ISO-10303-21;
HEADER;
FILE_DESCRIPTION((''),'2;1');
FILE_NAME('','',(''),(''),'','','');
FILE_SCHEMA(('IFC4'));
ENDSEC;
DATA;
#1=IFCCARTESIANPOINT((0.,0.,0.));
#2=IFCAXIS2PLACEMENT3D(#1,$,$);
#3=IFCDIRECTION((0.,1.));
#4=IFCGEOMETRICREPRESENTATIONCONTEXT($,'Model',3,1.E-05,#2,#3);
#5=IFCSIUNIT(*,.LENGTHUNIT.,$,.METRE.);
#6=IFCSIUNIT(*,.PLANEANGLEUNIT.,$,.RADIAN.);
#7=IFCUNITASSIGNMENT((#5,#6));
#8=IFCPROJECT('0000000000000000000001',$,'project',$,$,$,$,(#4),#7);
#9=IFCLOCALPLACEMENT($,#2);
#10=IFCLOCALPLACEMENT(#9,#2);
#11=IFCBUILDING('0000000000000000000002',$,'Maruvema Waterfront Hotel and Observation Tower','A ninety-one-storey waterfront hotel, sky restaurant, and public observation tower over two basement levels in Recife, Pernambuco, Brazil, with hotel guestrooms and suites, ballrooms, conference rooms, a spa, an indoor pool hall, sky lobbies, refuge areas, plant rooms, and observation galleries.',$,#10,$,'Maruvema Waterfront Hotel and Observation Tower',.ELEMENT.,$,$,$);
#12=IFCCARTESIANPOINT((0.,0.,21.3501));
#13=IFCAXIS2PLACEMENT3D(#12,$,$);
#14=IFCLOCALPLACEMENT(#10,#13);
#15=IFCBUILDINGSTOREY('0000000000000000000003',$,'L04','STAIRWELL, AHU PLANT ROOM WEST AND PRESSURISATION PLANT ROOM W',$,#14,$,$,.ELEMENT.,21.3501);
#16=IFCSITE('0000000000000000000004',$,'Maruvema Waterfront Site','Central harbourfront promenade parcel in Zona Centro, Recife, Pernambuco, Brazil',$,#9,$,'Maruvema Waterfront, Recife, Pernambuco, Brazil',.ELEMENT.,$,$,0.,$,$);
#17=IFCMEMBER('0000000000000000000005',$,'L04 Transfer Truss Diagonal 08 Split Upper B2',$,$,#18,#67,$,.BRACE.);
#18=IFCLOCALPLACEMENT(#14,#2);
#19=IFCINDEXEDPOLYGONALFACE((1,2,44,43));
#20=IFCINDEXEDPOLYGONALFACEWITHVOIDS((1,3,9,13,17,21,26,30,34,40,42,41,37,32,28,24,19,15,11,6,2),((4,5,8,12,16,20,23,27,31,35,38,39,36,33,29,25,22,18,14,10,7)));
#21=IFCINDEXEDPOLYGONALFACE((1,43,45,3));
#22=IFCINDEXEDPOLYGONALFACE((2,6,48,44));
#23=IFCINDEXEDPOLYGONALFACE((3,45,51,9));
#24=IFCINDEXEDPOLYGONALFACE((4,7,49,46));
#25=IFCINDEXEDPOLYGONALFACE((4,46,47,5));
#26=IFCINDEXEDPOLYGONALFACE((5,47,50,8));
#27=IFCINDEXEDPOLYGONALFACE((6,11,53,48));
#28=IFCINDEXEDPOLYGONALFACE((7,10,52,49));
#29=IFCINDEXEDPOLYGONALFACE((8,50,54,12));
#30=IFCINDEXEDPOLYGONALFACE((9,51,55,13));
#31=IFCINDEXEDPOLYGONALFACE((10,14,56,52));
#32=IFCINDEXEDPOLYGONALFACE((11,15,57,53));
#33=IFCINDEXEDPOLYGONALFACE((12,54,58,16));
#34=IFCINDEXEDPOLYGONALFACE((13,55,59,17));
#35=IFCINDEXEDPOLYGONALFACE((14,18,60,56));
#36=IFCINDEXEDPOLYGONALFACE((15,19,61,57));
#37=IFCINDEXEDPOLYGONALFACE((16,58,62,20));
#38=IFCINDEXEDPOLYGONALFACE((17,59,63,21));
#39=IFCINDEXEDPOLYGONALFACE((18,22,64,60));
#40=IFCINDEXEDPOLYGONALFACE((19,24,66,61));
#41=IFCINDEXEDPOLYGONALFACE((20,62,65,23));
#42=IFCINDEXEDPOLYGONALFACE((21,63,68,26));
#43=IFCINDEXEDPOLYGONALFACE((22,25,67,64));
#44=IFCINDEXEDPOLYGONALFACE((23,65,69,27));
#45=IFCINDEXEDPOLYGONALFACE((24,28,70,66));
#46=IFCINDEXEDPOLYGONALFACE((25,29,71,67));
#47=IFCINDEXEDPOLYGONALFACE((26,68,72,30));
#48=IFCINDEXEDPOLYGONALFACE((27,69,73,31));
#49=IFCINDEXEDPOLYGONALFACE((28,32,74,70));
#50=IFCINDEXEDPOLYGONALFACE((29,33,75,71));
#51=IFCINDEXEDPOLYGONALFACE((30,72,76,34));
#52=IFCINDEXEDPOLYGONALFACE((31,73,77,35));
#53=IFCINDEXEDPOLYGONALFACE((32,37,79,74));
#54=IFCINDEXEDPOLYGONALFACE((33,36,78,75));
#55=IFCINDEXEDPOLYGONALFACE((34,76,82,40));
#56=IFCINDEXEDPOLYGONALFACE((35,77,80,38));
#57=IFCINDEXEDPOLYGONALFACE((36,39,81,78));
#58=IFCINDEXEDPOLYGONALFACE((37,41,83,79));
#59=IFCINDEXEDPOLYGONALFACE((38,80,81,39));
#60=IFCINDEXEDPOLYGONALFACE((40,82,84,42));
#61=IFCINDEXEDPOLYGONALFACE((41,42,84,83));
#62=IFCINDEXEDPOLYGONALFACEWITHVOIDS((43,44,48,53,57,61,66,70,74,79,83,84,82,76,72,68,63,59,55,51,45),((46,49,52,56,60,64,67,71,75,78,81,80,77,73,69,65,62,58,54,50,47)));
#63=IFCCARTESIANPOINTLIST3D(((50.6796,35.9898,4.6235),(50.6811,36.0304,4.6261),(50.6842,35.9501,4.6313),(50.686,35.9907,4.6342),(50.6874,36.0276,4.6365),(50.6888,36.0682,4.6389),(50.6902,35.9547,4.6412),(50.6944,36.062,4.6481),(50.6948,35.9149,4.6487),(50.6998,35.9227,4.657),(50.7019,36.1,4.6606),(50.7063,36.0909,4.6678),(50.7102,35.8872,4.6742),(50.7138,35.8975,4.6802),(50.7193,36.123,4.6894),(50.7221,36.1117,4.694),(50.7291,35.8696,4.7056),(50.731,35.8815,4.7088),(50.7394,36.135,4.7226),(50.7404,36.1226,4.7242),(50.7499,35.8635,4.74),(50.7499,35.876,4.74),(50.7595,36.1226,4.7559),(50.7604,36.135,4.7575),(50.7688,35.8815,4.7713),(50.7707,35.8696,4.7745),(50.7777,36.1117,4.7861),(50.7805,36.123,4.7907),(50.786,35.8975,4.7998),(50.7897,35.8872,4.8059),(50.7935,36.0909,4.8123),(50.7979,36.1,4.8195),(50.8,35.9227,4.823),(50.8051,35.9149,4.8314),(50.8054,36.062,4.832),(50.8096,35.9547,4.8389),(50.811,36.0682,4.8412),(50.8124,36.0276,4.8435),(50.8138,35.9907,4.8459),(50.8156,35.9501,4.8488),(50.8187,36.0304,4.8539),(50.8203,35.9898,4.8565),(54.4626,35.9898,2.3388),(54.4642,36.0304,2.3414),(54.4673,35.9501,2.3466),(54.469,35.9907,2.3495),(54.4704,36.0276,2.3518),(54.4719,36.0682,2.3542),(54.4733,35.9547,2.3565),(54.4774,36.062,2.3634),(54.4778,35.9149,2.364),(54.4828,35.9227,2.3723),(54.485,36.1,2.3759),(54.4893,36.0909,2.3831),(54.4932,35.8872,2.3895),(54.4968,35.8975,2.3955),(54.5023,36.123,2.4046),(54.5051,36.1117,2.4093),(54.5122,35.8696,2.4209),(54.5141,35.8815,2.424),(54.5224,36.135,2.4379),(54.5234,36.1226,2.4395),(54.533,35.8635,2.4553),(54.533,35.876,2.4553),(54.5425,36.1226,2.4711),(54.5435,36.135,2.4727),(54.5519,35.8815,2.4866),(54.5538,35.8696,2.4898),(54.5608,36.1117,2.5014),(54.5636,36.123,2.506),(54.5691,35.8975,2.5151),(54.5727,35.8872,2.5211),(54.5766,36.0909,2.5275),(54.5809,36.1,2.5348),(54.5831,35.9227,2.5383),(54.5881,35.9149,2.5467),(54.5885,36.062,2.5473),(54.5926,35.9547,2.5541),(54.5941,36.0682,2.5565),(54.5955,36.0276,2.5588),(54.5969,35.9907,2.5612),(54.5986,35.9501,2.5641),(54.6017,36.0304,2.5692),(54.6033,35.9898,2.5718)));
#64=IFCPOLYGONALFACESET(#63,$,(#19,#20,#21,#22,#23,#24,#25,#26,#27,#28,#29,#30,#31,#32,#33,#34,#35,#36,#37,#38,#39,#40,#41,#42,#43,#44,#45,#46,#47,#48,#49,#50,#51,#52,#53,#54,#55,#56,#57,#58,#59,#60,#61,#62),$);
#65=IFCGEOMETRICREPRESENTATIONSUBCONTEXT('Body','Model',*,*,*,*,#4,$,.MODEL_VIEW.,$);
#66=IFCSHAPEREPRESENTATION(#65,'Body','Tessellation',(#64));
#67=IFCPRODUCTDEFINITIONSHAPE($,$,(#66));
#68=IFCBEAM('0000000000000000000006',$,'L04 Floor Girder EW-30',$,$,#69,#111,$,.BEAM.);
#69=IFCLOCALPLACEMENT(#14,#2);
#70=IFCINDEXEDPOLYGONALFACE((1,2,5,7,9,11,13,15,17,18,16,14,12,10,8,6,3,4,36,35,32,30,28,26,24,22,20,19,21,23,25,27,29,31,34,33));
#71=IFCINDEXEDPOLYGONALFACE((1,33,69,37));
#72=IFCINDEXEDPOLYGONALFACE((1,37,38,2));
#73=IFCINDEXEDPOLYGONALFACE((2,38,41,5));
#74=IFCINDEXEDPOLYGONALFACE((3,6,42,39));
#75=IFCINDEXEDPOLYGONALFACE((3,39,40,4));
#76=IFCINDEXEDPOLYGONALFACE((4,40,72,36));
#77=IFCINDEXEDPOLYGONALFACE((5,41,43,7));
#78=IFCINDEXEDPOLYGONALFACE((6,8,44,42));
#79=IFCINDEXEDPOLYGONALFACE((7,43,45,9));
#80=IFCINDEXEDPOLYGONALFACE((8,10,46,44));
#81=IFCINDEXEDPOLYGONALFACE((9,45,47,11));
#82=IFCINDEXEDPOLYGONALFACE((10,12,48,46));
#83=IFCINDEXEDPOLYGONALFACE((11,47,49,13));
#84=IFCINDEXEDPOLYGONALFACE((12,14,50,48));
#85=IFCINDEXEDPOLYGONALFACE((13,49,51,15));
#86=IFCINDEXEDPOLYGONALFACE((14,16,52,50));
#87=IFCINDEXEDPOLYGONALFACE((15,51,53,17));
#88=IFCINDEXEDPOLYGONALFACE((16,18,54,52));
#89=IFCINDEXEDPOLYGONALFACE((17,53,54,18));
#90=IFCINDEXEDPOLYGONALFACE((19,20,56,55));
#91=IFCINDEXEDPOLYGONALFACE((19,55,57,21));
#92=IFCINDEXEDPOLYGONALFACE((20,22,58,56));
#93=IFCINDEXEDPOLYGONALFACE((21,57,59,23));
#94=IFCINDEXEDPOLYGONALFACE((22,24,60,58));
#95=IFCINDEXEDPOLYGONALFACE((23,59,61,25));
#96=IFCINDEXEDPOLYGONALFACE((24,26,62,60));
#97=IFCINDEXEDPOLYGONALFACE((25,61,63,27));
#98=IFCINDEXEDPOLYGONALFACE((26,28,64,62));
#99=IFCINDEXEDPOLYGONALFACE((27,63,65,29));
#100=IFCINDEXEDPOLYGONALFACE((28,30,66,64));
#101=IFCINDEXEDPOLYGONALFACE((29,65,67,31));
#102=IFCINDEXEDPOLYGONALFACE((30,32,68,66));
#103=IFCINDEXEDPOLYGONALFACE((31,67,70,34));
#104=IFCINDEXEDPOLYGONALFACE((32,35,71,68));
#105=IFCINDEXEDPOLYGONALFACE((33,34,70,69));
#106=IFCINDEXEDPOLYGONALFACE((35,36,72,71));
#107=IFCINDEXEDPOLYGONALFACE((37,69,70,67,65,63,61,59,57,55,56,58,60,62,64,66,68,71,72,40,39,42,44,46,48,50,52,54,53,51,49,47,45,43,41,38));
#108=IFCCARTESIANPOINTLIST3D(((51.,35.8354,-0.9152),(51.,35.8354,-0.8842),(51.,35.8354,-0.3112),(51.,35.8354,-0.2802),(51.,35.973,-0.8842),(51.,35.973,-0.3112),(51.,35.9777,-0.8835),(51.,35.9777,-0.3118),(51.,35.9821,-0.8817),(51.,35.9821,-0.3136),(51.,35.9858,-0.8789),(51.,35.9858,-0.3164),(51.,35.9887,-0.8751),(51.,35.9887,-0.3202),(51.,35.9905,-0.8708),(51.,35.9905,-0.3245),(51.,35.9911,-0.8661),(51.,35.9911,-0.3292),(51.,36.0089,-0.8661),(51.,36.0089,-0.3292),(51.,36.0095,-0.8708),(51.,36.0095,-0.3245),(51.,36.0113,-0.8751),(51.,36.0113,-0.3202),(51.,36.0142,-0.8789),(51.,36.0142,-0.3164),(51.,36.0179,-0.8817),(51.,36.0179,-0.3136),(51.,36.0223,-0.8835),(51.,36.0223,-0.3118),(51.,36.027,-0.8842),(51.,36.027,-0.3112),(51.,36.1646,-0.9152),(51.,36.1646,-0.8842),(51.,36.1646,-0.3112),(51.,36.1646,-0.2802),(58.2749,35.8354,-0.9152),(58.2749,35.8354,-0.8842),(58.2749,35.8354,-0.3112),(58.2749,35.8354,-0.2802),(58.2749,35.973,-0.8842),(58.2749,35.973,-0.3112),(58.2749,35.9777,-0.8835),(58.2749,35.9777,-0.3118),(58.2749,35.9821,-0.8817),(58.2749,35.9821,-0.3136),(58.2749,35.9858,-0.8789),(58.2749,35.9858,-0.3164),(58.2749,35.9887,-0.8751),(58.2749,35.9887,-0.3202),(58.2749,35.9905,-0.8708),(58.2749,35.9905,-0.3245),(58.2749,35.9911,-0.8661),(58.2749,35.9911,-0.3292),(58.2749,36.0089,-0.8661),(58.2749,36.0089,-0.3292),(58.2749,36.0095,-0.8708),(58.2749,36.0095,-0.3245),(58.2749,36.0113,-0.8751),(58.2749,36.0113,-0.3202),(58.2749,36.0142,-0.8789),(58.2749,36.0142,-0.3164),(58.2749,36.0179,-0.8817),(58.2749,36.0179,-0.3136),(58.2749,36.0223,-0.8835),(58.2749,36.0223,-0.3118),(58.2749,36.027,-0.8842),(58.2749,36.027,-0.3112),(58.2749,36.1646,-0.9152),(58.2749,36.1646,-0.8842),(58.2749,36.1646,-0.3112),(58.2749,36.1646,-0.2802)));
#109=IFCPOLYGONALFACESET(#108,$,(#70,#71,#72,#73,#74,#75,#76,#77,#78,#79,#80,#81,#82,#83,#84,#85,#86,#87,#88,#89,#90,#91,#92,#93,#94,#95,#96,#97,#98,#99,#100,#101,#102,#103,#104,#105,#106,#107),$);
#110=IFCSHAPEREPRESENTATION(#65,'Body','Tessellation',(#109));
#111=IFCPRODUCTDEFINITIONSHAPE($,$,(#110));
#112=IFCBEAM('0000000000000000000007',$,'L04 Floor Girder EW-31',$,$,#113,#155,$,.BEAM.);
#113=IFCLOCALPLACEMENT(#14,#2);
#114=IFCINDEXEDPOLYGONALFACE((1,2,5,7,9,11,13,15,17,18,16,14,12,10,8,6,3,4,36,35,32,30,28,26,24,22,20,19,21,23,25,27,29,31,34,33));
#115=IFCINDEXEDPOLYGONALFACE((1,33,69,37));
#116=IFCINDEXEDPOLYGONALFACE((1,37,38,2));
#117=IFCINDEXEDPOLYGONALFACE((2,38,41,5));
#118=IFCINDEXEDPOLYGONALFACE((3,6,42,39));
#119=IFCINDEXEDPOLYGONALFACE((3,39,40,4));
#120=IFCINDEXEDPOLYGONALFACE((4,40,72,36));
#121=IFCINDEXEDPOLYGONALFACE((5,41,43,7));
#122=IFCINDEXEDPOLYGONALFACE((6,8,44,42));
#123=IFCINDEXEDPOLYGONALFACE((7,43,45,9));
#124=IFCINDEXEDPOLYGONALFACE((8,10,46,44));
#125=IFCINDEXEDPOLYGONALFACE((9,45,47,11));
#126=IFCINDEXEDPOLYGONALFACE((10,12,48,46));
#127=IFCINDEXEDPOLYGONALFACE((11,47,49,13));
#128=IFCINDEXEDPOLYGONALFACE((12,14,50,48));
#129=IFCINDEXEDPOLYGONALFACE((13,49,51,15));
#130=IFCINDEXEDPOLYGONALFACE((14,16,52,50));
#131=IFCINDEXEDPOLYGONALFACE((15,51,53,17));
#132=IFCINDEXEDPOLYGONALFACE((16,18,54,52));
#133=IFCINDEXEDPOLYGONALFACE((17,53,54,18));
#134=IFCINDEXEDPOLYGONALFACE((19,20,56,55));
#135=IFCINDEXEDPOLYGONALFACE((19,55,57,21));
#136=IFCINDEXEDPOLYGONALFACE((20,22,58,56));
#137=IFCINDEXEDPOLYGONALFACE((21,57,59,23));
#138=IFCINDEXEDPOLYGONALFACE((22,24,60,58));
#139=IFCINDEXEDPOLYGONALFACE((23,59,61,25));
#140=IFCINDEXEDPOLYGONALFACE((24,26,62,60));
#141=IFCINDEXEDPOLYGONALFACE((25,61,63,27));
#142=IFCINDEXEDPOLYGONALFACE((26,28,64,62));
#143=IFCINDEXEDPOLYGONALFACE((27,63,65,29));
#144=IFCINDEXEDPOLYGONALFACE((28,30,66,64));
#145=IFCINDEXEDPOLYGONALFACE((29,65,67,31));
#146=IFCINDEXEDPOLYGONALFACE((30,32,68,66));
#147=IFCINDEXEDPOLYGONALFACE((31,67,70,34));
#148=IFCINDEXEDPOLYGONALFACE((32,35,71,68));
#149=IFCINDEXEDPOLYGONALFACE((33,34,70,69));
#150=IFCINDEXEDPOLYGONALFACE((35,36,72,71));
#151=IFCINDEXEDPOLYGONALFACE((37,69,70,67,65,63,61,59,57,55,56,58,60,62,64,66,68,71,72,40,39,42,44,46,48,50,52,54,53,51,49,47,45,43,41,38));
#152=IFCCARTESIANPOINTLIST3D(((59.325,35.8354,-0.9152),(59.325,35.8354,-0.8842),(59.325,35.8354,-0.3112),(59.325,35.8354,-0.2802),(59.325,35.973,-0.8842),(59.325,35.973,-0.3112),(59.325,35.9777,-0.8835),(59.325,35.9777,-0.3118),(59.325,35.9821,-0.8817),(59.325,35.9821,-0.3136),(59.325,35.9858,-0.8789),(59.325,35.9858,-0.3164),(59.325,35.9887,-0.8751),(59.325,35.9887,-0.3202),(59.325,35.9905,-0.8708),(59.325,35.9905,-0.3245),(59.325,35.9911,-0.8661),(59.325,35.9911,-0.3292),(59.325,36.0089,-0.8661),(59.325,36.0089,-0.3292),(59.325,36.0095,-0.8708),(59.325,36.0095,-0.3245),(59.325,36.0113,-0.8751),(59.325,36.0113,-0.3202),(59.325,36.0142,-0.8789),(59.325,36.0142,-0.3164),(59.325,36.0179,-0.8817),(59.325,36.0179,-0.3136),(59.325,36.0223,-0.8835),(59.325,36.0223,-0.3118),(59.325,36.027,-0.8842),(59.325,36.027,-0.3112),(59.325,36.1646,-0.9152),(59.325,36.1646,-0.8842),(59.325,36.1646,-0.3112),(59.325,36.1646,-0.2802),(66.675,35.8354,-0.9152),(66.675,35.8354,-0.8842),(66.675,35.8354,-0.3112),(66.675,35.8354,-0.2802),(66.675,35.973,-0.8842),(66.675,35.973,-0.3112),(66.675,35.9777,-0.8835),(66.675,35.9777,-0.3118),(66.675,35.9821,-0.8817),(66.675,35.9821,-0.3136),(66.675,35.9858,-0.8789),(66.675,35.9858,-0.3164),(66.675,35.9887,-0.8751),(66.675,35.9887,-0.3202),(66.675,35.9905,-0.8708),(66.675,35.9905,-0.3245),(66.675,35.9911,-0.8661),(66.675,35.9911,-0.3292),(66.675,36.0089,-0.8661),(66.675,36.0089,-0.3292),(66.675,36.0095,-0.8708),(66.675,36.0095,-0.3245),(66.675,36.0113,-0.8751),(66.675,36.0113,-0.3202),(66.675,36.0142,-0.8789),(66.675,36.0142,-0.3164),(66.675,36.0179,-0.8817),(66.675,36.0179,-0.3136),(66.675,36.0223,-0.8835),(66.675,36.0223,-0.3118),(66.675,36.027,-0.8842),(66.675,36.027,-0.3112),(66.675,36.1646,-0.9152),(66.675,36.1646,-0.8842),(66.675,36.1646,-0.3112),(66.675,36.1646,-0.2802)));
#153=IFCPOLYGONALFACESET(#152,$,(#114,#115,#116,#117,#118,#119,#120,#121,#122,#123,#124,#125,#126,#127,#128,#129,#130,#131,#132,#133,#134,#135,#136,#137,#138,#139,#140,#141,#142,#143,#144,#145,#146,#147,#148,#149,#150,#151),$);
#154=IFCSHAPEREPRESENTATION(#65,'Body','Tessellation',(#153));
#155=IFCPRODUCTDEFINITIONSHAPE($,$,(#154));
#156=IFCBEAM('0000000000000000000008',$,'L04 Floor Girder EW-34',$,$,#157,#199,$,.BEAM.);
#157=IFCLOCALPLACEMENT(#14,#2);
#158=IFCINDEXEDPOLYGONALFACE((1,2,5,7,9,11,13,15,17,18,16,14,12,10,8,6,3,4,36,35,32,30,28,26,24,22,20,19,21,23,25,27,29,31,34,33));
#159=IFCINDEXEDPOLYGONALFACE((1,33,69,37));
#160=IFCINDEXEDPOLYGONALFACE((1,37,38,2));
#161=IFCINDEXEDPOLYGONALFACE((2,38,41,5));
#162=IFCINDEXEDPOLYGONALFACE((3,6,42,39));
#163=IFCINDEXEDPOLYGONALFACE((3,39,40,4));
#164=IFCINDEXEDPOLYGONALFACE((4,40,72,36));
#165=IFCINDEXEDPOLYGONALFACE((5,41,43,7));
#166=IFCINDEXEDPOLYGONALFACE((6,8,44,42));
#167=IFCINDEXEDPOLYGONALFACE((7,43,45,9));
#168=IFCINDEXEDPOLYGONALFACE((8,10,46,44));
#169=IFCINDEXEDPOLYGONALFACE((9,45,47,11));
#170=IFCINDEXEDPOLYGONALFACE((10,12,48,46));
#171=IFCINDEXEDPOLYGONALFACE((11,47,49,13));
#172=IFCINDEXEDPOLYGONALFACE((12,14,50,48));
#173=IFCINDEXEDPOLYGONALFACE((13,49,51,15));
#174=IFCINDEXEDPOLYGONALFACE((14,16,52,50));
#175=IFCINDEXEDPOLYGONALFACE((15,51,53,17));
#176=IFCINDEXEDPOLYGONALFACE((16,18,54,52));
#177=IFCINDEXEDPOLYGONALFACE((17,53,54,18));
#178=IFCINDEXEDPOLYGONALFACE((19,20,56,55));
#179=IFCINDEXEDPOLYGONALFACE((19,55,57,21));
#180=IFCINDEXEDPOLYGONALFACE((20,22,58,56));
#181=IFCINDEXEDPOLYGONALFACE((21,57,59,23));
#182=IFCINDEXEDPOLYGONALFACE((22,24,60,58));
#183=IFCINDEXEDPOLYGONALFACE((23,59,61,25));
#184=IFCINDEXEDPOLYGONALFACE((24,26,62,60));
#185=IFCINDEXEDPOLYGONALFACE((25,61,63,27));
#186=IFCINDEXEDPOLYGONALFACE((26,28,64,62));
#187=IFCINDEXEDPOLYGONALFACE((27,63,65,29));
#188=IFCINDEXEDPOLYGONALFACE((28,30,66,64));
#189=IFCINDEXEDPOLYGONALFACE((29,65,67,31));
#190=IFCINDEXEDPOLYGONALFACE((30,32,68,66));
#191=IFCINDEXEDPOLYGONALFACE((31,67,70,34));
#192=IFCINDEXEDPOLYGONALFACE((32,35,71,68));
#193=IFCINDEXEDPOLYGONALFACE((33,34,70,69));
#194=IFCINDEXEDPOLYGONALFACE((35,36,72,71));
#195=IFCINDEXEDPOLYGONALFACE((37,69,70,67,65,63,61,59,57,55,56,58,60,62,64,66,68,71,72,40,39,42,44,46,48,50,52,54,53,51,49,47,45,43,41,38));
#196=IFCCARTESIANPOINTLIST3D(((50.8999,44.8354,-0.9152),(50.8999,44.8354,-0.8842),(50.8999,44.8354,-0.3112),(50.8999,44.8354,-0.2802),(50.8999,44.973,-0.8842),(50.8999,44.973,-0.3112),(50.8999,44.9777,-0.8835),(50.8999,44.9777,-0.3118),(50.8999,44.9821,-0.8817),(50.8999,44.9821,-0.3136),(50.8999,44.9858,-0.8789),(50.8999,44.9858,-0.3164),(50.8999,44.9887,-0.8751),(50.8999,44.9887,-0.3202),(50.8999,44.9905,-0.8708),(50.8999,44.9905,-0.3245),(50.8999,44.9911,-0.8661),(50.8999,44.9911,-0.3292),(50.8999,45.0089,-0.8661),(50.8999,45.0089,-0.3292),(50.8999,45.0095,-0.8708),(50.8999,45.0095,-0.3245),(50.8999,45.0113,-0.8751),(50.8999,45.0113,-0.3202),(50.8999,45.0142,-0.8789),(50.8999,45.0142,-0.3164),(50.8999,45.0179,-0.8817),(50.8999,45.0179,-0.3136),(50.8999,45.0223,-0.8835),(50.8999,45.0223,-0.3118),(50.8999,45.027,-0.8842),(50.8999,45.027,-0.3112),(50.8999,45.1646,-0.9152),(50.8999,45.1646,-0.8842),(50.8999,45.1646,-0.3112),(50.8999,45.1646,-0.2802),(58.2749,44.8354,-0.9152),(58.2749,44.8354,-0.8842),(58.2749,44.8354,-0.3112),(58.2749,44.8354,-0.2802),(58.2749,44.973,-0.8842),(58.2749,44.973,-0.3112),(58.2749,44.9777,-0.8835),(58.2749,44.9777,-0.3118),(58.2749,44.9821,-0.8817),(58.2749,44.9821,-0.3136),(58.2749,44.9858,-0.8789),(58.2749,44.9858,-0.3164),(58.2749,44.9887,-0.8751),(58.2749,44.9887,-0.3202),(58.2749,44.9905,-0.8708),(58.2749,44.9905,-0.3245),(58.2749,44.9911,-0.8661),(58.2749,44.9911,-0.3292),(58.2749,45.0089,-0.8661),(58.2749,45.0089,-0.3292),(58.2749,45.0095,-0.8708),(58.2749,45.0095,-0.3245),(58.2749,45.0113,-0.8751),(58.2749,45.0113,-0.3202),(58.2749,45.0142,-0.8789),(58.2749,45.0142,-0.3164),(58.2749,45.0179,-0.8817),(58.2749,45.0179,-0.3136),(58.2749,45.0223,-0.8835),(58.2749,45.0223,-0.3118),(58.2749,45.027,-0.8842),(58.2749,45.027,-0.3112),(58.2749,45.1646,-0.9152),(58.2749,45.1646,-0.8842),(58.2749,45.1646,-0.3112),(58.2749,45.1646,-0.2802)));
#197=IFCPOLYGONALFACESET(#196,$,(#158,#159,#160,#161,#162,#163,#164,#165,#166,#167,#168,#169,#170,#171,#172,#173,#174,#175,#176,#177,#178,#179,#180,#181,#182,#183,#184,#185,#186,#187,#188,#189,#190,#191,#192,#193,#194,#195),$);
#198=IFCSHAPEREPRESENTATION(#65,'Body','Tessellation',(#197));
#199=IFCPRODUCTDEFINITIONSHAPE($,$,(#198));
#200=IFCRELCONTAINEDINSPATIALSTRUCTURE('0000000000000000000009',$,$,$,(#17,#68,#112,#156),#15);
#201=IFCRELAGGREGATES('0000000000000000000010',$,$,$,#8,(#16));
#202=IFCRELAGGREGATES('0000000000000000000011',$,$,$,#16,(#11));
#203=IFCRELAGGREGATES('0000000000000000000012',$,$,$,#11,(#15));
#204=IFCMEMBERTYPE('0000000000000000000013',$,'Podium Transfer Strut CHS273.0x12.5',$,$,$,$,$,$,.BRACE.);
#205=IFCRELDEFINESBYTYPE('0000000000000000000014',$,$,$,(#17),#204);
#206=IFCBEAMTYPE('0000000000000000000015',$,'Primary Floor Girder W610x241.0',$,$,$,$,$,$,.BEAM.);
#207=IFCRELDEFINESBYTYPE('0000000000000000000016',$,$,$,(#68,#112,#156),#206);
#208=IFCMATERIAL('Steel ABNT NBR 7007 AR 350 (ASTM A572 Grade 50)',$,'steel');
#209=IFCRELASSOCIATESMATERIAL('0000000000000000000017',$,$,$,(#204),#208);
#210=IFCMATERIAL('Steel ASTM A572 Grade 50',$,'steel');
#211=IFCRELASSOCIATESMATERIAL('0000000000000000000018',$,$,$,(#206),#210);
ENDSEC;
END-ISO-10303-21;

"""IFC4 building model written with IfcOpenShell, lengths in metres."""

from ifc_helpers import new_model, si_unit, direction, frame, origin, origin_2d, place, context, subcontext, project, spatial, hollow_circle, i_section, extrude, material, material_profile, profile_set, type_object, element, save


model = new_model("IFC4")

# Units and contexts
model_context = context("Model", 3, precision=1e-05, world=origin(), true_north=direction((0.0, 1.0)))
body_context = subcontext(model_context, "Body", "Model", "MODEL_VIEW")
ifc_project = project(units=[si_unit("LENGTHUNIT", "METRE"), si_unit("PLANEANGLEUNIT", "RADIAN")], contexts=[model_context])

# Site, building, storey
site_placement = place(None, origin())
site = spatial("IfcSite", under=ifc_project, at=site_placement, Name="Maruvema Waterfront Site", Description="Central harbourfront promenade parcel in Zona Centro, Recife, Pernambuco, Brazil", LongName="Maruvema Waterfront, Recife, Pernambuco, Brazil", CompositionType="ELEMENT", RefElevation=0.0)
building_placement = place(site_placement, origin())
building = spatial("IfcBuilding", under=site, at=building_placement, Name="Maruvema Waterfront Hotel and Observation Tower", Description="A ninety-one-storey waterfront hotel, sky restaurant, and public observation tower over two basement levels in Recife, Pernambuco, Brazil, with hotel guestrooms and suites, ballrooms, conference rooms, a spa, an indoor pool hall, sky lobbies, refuge areas, plant rooms, and observation galleries.", LongName="Maruvema Waterfront Hotel and Observation Tower", CompositionType="ELEMENT")
storey_placement = place(building_placement, frame((0.0, 0.0, 21.3501)))
storey = spatial("IfcBuildingStorey", under=building, at=storey_placement, Name="L04", Description="STAIRWELL, AHU PLANT ROOM WEST AND PRESSURISATION PLANT ROOM W", CompositionType="ELEMENT", Elevation=21.3501)

# Member
ifc_material_1 = material(Name="Steel ABNT NBR 7007 AR 350 (ASTM A572 Grade 50)", Category="steel")
ifc_material_profile_1 = material_profile(ifc_material_1, hollow_circle(Radius=0.1365, WallThickness=0.0125, at=origin_2d()), Name="CHS273.0x12.5")
ifc_profile_set_1 = profile_set([ifc_material_profile_1], Name="Steel ABNT NBR 7007 AR 350 (ASTM A572 Grade 50)")
member_type = type_object("IfcMemberType", Name="Podium Transfer Strut CHS273.0x12.5", PredefinedType="BRACE", material=ifc_profile_set_1)
for number, where, z_axis, x_axis, name in (
    (1, (54.533, 36.0, 2.4553), (-0.856003, 0.0, 0.516971), (0.0, -1.0, 0.0), "L04 Transfer Truss Diagonal 08 Split Upper B2"),
):
    element("IfcMember", number, at=place(storey_placement, frame(where, z_axis=z_axis, x_axis=x_axis)), inside=storey, type_object=member_type, Name=name, PredefinedType="BRACE", context=body_context, shape_type="SweptSolid", body=[
        extrude(hollow_circle(Radius=0.1365, WallThickness=0.0125, at=origin_2d()), origin(), (0.0, 0.0, 1.0), 4.4194),
    ])

# Beams
ifc_material_2 = material(Name="Steel ASTM A572 Grade 50", Category="steel")
ifc_material_profile_2 = material_profile(ifc_material_2, i_section(OverallWidth=0.3291, OverallDepth=0.635, WebThickness=0.0178, FlangeThickness=0.031, FilletRadius=0.0181, at=origin_2d()), Name="W610x241.0")
ifc_profile_set_2 = profile_set([ifc_material_profile_2], Name="Steel ASTM A572 Grade 50")
beam_type_1 = type_object("IfcBeamType", Name="Primary Floor Girder W610x241.0", PredefinedType="BEAM", material=ifc_profile_set_2)
beam_1_placement = place(storey_placement, frame((51.0, 36.0, -0.5977), z_axis=(1.0, 0.0, 0.0), x_axis=(0.0, 1.0, 0.0)))
element("IfcBeam", 2, at=beam_1_placement, inside=storey, type_object=beam_type_1, Name="L04 Floor Girder EW-30", PredefinedType="BEAM", context=body_context, shape_type="SweptSolid", body=[
    extrude(i_section(OverallWidth=0.3291, OverallDepth=0.635, WebThickness=0.0178, FlangeThickness=0.031, FilletRadius=0.0181, at=origin_2d()), origin(), (0.0, 0.0, 1.0), 7.2749),
])
beam_2_placement = place(storey_placement, frame((59.325, 36.0, -0.5977), z_axis=(1.0, 0.0, 0.0), x_axis=(0.0, 1.0, 0.0)))
element("IfcBeam", 3, at=beam_2_placement, inside=storey, type_object=beam_type_1, Name="L04 Floor Girder EW-31", PredefinedType="BEAM", context=body_context, shape_type="SweptSolid", body=[
    extrude(i_section(OverallWidth=0.3291, OverallDepth=0.635, WebThickness=0.0178, FlangeThickness=0.031, FilletRadius=0.0181, at=origin_2d()), origin(), (0.0, 0.0, 1.0), 7.3501),
])
beam_3_placement = place(storey_placement, frame((50.8999, 45.0, -0.5977), z_axis=(1.0, 0.0, 0.0), x_axis=(0.0, 1.0, 0.0)))
element("IfcBeam", 4, at=beam_3_placement, inside=storey, type_object=beam_type_1, Name="L04 Floor Girder EW-34", PredefinedType="BEAM", context=body_context, shape_type="SweptSolid", body=[
    extrude(i_section(OverallWidth=0.3291, OverallDepth=0.635, WebThickness=0.0178, FlangeThickness=0.031, FilletRadius=0.0181, at=origin_2d()), origin(), (0.0, 0.0, 1.0), 7.375),
])

save(model, "model.ifc")
